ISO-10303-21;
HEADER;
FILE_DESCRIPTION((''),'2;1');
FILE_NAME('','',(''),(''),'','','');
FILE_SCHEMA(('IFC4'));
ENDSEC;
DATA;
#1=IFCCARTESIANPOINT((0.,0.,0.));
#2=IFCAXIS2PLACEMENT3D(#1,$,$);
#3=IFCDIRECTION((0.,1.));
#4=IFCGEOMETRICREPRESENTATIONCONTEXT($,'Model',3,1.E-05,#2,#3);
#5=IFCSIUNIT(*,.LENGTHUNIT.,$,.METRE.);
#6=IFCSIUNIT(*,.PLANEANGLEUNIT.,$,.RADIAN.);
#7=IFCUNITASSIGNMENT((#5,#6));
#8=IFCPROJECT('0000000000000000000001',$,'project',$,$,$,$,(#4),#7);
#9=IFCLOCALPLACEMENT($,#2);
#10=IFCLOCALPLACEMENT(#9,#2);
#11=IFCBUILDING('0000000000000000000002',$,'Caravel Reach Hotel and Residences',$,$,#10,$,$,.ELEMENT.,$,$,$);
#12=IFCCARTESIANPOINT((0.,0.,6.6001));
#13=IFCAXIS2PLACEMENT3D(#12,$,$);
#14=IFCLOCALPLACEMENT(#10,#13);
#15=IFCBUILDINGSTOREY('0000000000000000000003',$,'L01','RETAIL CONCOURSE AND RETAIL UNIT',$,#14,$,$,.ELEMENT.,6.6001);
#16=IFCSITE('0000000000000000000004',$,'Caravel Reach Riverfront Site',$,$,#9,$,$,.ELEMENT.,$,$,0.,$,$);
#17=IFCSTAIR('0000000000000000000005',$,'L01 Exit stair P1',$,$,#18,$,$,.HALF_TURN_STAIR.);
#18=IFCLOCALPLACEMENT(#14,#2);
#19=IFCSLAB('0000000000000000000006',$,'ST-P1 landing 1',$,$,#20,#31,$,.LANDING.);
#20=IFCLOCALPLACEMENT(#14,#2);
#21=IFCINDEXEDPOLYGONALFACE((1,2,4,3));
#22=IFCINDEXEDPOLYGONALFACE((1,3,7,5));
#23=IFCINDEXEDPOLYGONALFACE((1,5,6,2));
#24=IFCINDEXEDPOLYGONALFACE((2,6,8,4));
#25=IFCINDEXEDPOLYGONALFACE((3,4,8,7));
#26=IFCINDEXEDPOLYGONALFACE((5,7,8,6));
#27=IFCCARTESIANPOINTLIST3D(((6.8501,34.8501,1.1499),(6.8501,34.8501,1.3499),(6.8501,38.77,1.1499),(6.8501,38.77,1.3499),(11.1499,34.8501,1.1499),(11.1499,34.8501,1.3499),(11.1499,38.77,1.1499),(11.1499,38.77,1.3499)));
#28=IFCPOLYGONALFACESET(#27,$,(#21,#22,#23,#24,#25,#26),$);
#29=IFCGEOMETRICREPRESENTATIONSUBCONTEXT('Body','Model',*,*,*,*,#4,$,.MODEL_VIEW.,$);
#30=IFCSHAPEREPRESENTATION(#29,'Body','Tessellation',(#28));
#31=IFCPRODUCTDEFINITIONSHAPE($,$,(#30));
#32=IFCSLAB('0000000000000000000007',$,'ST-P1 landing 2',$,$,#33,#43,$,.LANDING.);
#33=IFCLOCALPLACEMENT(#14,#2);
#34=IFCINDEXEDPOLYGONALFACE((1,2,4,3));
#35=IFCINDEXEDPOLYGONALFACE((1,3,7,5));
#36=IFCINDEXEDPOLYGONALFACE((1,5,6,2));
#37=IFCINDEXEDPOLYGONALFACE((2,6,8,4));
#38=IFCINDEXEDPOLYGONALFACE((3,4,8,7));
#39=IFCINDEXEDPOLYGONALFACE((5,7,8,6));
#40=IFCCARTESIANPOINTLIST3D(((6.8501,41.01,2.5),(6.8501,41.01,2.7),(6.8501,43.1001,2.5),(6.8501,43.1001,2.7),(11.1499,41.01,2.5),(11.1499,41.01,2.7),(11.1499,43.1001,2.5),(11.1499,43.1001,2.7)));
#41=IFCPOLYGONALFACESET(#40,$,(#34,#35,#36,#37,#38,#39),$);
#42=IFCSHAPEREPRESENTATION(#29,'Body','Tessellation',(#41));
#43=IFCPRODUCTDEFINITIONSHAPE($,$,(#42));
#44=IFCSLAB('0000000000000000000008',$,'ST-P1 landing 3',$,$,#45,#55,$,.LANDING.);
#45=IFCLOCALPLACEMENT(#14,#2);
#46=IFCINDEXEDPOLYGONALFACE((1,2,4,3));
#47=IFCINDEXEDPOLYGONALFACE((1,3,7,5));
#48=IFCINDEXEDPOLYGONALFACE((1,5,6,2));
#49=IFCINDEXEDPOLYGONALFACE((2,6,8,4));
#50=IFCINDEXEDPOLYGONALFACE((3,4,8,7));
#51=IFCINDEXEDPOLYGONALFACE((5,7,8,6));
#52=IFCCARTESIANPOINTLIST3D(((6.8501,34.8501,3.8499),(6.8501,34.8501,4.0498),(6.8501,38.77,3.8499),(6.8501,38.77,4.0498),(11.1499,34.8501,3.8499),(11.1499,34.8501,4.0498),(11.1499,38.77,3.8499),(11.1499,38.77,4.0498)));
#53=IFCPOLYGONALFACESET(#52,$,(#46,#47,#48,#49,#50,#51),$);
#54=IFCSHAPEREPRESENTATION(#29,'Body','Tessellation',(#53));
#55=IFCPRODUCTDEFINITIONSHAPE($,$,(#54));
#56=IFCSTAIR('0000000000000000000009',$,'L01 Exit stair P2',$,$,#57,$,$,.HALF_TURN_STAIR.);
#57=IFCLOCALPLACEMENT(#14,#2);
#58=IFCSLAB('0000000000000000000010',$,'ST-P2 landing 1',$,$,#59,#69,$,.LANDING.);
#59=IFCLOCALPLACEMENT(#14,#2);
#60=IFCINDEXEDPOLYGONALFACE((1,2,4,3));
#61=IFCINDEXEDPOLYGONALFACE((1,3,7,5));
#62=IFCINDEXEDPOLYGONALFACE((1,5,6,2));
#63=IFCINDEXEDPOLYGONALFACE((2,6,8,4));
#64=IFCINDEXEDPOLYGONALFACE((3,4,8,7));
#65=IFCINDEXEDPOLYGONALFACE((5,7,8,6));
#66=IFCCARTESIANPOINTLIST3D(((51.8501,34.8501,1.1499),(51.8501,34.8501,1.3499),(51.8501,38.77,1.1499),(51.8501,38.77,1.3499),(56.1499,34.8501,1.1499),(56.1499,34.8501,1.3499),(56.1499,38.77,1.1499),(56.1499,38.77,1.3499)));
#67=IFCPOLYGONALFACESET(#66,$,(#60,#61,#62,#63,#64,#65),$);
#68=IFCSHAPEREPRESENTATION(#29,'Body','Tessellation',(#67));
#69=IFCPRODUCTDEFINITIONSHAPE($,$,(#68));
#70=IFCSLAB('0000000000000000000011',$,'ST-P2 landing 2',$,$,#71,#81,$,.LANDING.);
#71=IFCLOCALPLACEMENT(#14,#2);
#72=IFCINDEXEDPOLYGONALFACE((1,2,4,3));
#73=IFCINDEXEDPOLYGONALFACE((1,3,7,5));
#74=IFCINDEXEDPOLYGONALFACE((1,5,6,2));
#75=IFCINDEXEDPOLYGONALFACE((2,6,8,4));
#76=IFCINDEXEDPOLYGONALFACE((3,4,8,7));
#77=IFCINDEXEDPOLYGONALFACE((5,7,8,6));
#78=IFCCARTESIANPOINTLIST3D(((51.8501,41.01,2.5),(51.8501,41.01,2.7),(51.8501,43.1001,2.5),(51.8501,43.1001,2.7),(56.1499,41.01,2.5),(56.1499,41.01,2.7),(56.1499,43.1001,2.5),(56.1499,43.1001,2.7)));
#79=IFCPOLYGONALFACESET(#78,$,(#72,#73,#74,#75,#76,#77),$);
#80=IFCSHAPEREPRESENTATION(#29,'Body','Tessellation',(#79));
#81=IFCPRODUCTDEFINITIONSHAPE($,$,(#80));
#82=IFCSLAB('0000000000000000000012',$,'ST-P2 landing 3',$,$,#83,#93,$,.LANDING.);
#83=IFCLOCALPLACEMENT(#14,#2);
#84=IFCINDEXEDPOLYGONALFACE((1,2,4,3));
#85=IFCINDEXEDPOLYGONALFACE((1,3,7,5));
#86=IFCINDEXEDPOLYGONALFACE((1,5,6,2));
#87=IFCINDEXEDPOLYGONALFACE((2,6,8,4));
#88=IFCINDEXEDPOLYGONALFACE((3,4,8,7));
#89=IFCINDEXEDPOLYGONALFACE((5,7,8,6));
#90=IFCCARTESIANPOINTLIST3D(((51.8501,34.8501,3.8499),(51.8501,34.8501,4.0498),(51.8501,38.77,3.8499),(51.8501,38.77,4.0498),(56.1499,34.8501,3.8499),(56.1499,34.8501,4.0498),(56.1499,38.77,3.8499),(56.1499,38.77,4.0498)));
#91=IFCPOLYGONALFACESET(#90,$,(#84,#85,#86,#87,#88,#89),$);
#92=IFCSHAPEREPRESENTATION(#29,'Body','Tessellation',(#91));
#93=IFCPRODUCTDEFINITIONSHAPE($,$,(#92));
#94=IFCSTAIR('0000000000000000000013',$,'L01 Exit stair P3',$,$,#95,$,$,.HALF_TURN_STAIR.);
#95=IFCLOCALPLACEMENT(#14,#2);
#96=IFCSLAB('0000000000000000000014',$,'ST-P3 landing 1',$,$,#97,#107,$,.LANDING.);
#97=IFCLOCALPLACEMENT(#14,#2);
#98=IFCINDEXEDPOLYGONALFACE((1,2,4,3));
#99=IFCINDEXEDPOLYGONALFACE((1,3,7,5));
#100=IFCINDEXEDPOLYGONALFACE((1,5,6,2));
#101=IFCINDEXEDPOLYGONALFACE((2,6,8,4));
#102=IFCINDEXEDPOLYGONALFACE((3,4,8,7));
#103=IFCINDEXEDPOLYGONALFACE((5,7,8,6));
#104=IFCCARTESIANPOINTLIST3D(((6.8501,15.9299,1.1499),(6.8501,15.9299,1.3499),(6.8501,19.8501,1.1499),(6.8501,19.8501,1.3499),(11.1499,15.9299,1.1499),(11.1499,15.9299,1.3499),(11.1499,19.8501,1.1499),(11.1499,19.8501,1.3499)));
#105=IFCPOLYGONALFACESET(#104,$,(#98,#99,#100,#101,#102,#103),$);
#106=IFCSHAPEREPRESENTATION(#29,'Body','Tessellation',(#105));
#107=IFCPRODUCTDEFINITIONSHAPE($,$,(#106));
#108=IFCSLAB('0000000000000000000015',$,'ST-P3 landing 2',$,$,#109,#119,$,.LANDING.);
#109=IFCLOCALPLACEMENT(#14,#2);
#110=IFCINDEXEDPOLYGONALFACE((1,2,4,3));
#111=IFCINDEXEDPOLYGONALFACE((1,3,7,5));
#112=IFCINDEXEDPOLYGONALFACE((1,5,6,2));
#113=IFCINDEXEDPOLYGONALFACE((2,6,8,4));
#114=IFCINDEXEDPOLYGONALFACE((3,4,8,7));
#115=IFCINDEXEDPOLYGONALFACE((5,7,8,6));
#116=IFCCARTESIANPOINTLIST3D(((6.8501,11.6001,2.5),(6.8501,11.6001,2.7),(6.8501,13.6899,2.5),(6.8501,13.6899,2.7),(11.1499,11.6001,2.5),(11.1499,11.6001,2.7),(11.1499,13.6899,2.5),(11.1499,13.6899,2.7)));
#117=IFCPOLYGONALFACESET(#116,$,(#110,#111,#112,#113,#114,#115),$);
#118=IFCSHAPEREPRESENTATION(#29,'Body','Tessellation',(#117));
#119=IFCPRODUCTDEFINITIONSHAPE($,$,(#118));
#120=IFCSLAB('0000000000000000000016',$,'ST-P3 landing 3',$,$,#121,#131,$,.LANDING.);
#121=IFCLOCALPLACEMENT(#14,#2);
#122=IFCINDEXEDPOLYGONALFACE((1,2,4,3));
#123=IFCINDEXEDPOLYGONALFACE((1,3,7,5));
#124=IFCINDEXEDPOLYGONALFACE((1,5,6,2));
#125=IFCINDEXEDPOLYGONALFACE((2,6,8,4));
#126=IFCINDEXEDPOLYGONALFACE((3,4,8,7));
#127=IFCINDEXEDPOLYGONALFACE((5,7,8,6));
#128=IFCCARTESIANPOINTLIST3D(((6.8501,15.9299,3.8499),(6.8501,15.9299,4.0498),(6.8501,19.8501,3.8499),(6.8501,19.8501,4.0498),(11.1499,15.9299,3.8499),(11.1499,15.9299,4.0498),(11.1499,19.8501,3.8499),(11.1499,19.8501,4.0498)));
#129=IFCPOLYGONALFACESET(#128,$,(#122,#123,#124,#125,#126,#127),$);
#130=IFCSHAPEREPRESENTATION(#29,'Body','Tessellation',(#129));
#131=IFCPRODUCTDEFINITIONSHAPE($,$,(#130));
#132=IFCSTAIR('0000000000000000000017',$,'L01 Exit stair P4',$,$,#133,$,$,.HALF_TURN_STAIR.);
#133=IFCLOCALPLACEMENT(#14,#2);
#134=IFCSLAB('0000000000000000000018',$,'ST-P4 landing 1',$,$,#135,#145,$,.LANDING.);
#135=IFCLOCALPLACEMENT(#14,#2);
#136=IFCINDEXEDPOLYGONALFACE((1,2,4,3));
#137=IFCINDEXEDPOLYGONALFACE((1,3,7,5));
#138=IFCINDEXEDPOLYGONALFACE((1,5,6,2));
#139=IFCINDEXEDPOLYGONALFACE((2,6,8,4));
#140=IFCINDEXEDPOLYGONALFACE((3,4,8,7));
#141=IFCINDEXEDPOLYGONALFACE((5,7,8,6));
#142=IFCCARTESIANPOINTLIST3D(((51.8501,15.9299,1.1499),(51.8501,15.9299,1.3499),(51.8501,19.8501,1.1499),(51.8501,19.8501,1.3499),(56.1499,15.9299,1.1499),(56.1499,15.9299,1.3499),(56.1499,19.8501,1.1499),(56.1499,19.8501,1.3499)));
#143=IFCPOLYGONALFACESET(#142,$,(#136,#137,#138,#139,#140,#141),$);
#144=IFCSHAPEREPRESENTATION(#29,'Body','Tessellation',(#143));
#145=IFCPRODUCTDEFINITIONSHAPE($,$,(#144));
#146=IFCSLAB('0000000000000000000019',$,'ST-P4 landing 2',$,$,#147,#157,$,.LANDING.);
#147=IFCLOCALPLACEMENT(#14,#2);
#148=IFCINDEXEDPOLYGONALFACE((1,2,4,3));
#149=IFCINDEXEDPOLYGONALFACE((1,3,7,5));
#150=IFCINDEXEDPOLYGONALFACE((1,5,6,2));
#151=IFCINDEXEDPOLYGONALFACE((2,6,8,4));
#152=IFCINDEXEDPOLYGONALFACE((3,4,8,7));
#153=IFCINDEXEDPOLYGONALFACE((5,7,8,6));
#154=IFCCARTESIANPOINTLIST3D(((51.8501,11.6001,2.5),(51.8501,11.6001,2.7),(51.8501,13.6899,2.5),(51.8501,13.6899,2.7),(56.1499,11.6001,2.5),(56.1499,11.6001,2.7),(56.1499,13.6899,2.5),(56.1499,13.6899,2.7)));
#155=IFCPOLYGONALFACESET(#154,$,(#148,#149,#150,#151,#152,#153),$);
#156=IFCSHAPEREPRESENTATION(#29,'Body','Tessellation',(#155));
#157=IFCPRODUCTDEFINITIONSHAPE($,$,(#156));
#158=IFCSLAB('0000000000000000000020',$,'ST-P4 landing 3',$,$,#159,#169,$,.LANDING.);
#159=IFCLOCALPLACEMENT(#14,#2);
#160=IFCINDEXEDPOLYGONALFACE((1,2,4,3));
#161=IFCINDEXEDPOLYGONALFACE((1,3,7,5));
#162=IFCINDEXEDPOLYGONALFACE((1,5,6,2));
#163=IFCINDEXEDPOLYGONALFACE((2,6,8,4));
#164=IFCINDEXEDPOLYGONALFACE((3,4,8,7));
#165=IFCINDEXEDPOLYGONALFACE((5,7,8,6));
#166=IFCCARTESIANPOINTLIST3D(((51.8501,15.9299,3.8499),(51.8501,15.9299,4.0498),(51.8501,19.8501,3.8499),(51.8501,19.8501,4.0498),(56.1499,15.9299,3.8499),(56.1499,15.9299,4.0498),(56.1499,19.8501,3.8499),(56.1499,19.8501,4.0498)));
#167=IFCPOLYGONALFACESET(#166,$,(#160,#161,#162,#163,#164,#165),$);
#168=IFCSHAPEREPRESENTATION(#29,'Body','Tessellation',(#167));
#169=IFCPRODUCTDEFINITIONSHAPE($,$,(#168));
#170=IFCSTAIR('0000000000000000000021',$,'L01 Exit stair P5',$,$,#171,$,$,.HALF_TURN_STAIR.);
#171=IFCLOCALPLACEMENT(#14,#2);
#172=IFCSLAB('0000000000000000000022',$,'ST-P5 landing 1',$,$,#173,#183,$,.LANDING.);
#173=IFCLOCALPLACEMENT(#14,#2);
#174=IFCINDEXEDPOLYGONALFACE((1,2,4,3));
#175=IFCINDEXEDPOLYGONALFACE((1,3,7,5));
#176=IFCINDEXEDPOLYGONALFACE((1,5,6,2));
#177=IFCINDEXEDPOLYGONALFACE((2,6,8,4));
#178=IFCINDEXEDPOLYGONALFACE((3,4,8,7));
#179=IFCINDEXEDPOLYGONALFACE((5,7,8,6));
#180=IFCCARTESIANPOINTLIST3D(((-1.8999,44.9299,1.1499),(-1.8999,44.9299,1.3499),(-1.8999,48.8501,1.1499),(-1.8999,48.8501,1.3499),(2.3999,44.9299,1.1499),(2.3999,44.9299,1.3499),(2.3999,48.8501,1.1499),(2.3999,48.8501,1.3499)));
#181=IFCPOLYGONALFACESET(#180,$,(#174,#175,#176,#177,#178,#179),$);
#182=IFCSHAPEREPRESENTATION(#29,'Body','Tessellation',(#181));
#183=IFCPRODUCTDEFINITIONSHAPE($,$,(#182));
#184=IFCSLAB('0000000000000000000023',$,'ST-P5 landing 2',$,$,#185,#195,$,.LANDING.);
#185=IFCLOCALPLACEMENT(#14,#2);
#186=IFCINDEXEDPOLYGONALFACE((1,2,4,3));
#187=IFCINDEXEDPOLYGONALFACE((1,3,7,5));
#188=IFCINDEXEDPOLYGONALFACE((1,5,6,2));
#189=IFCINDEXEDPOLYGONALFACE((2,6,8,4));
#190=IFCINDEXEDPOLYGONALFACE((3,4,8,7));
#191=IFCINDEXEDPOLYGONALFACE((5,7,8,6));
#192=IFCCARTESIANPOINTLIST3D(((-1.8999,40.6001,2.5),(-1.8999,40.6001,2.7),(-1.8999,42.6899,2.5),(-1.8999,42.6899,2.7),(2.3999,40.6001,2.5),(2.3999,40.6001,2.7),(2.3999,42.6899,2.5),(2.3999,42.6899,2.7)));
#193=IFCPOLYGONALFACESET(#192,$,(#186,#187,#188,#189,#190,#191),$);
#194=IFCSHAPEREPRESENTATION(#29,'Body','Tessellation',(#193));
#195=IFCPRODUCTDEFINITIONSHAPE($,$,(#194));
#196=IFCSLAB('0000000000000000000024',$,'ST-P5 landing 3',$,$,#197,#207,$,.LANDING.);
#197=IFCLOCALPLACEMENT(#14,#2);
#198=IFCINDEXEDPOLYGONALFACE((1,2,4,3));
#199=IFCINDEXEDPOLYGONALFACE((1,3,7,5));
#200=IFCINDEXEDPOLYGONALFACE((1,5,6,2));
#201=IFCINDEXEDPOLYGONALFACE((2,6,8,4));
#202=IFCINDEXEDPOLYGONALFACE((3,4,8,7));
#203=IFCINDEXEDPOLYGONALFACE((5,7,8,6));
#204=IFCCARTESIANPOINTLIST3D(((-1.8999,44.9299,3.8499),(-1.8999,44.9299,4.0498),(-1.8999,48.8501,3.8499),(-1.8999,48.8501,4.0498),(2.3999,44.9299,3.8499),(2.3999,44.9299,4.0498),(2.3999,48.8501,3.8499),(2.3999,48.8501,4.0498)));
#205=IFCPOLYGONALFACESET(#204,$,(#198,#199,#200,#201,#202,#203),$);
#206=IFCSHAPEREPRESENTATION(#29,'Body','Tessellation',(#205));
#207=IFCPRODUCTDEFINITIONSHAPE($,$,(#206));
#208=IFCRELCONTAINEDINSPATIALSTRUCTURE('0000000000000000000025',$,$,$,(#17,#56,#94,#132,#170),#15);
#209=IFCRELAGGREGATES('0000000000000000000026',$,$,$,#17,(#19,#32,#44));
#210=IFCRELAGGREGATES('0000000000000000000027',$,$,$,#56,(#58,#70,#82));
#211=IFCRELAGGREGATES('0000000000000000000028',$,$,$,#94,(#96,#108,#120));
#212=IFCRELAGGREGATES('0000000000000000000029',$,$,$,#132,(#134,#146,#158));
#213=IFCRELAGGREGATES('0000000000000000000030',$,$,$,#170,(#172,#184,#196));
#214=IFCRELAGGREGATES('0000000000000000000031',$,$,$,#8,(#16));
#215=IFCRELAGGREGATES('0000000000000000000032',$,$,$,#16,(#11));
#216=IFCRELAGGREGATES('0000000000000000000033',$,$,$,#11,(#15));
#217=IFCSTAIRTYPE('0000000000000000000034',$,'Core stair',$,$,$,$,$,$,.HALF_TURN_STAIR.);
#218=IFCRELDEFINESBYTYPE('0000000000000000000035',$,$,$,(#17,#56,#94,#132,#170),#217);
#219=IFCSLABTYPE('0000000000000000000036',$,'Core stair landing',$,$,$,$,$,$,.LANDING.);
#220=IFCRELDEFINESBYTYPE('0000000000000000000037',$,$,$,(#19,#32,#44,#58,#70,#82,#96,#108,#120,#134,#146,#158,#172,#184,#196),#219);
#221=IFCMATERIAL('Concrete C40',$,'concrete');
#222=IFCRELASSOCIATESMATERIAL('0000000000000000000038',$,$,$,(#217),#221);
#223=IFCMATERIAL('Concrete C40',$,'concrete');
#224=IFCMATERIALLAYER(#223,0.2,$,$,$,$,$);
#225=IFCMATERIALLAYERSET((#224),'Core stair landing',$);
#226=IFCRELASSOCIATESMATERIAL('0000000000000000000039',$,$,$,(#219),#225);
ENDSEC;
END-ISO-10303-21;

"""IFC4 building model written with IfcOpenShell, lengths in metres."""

from ifc_helpers import new_model, si_unit, direction, frame, origin, place, context, subcontext, project, spatial, polyline, outline, extrude, material, layer, layer_set, type_object, element, aggregate, save


model = new_model("IFC4")

# Units and contexts
model_context = context("Model", 3, precision=1e-05, world=origin(), true_north=direction((0.0, 1.0)))
body_context = subcontext(model_context, "Body", "Model", "MODEL_VIEW")
ifc_project = project(units=[si_unit("LENGTHUNIT", "METRE"), si_unit("PLANEANGLEUNIT", "RADIAN")], contexts=[model_context])

# Site, building, storey
site_placement = place(None, origin())
site = spatial("IfcSite", under=ifc_project, at=site_placement, Name="Caravel Reach Riverfront Site", CompositionType="ELEMENT", RefElevation=0.0)
building_placement = place(site_placement, origin())
building = spatial("IfcBuilding", under=site, at=building_placement, Name="Caravel Reach Hotel and Residences", CompositionType="ELEMENT")
storey_placement = place(building_placement, frame((0.0, 0.0, 6.6001)))
storey = spatial("IfcBuildingStorey", under=building, at=storey_placement, Name="L01", Description="RETAIL CONCOURSE AND RETAIL UNIT", CompositionType="ELEMENT", Elevation=6.6001)

# Shared definitions
ifc_material_1 = material(Name="Concrete C40", Category="concrete")
stair_type = type_object("IfcStairType", Name="Core stair", PredefinedType="HALF_TURN_STAIR", material=ifc_material_1)
ifc_material_2 = material(Name="Concrete C40", Category="concrete")
ifc_layer_1 = layer(ifc_material_2, 0.2)
ifc_layer_set_1 = layer_set([ifc_layer_1], Name="Core stair landing")
slab_type_1 = type_object("IfcSlabType", Name="Core stair landing", PredefinedType="LANDING", material=ifc_layer_set_1)

# Stairs, slabs
stair_1_placement = place(storey_placement, origin())
stair_1 = element("IfcStair", 1, at=stair_1_placement, inside=storey, type_object=stair_type, Name="L01 Exit stair P1", PredefinedType="HALF_TURN_STAIR")
slab_1_placement = place(storey_placement, frame((0.0, 0.0, 1.1499)))
slab_1 = element("IfcSlab", 2, at=slab_1_placement, type_object=slab_type_1, Name="ST-P1 landing 1", PredefinedType="LANDING", context=body_context, shape_type="SweptSolid", body=[
    extrude(outline(polyline([(6.8501, 38.77), (6.8501, 34.8501), (11.1499, 34.8501), (11.1499, 38.77), (6.8501, 38.77)])), origin(), (0.0, 0.0, 1.0), 0.2),
])
slab_2_placement = place(storey_placement, frame((0.0, 0.0, 2.5)))
slab_2 = element("IfcSlab", 3, at=slab_2_placement, type_object=slab_type_1, Name="ST-P1 landing 2", PredefinedType="LANDING", context=body_context, shape_type="SweptSolid", body=[
    extrude(outline(polyline([(6.8501, 43.1001), (6.8501, 41.01), (11.1499, 41.01), (11.1499, 43.1001), (6.8501, 43.1001)])), origin(), (0.0, 0.0, 1.0), 0.2),
])
slab_3_placement = place(storey_placement, frame((0.0, 0.0, 3.8499)))
slab_3 = element("IfcSlab", 4, at=slab_3_placement, type_object=slab_type_1, Name="ST-P1 landing 3", PredefinedType="LANDING", context=body_context, shape_type="SweptSolid", body=[
    extrude(outline(polyline([(6.8501, 38.77), (6.8501, 34.8501), (11.1499, 34.8501), (11.1499, 38.77), (6.8501, 38.77)])), origin(), (0.0, 0.0, 1.0), 0.2),
])
aggregate(stair_1, [slab_1, slab_2, slab_3])
stair_2_placement = place(storey_placement, origin())
stair_2 = element("IfcStair", 5, at=stair_2_placement, inside=storey, type_object=stair_type, Name="L01 Exit stair P2", PredefinedType="HALF_TURN_STAIR")
slab_4_placement = place(storey_placement, frame((0.0, 0.0, 1.1499)))
slab_4 = element("IfcSlab", 6, at=slab_4_placement, type_object=slab_type_1, Name="ST-P2 landing 1", PredefinedType="LANDING", context=body_context, shape_type="SweptSolid", body=[
    extrude(outline(polyline([(51.8501, 38.77), (51.8501, 34.8501), (56.1499, 34.8501), (56.1499, 38.77), (51.8501, 38.77)])), origin(), (0.0, 0.0, 1.0), 0.2),
])
slab_5_placement = place(storey_placement, frame((0.0, 0.0, 2.5)))
slab_5 = element("IfcSlab", 7, at=slab_5_placement, type_object=slab_type_1, Name="ST-P2 landing 2", PredefinedType="LANDING", context=body_context, shape_type="SweptSolid", body=[
    extrude(outline(polyline([(51.8501, 43.1001), (51.8501, 41.01), (56.1499, 41.01), (56.1499, 43.1001), (51.8501, 43.1001)])), origin(), (0.0, 0.0, 1.0), 0.2),
])
slab_6_placement = place(storey_placement, frame((0.0, 0.0, 3.8499)))
slab_6 = element("IfcSlab", 8, at=slab_6_placement, type_object=slab_type_1, Name="ST-P2 landing 3", PredefinedType="LANDING", context=body_context, shape_type="SweptSolid", body=[
    extrude(outline(polyline([(51.8501, 38.77), (51.8501, 34.8501), (56.1499, 34.8501), (56.1499, 38.77), (51.8501, 38.77)])), origin(), (0.0, 0.0, 1.0), 0.2),
])
aggregate(stair_2, [slab_4, slab_5, slab_6])
stair_3_placement = place(storey_placement, origin())
stair_3 = element("IfcStair", 9, at=stair_3_placement, inside=storey, type_object=stair_type, Name="L01 Exit stair P3", PredefinedType="HALF_TURN_STAIR")
slab_7_placement = place(storey_placement, frame((0.0, 0.0, 1.1499)))
slab_7 = element("IfcSlab", 10, at=slab_7_placement, type_object=slab_type_1, Name="ST-P3 landing 1", PredefinedType="LANDING", context=body_context, shape_type="SweptSolid", body=[
    extrude(outline(polyline([(11.1499, 15.9299), (11.1499, 19.8501), (6.8501, 19.8501), (6.8501, 15.9299), (11.1499, 15.9299)])), origin(), (0.0, 0.0, 1.0), 0.2),
])
slab_8_placement = place(storey_placement, frame((0.0, 0.0, 2.5)))
slab_8 = element("IfcSlab", 11, at=slab_8_placement, type_object=slab_type_1, Name="ST-P3 landing 2", PredefinedType="LANDING", context=body_context, shape_type="SweptSolid", body=[
    extrude(outline(polyline([(11.1499, 11.6001), (11.1499, 13.6899), (6.8501, 13.6899), (6.8501, 11.6001), (11.1499, 11.6001)])), origin(), (0.0, 0.0, 1.0), 0.2),
])
slab_9_placement = place(storey_placement, frame((0.0, 0.0, 3.8499)))
slab_9 = element("IfcSlab", 12, at=slab_9_placement, type_object=slab_type_1, Name="ST-P3 landing 3", PredefinedType="LANDING", context=body_context, shape_type="SweptSolid", body=[
    extrude(outline(polyline([(11.1499, 15.9299), (11.1499, 19.8501), (6.8501, 19.8501), (6.8501, 15.9299), (11.1499, 15.9299)])), origin(), (0.0, 0.0, 1.0), 0.2),
])
aggregate(stair_3, [slab_7, slab_8, slab_9])
stair_4_placement = place(storey_placement, origin())
stair_4 = element("IfcStair", 13, at=stair_4_placement, inside=storey, type_object=stair_type, Name="L01 Exit stair P4", PredefinedType="HALF_TURN_STAIR")
slab_10_placement = place(storey_placement, frame((0.0, 0.0, 1.1499)))
slab_10 = element("IfcSlab", 14, at=slab_10_placement, type_object=slab_type_1, Name="ST-P4 landing 1", PredefinedType="LANDING", context=body_context, shape_type="SweptSolid", body=[
    extrude(outline(polyline([(56.1499, 15.9299), (56.1499, 19.8501), (51.8501, 19.8501), (51.8501, 15.9299), (56.1499, 15.9299)])), origin(), (0.0, 0.0, 1.0), 0.2),
])
slab_11_placement = place(storey_placement, frame((0.0, 0.0, 2.5)))
slab_11 = element("IfcSlab", 15, at=slab_11_placement, type_object=slab_type_1, Name="ST-P4 landing 2", PredefinedType="LANDING", context=body_context, shape_type="SweptSolid", body=[
    extrude(outline(polyline([(56.1499, 11.6001), (56.1499, 13.6899), (51.8501, 13.6899), (51.8501, 11.6001), (56.1499, 11.6001)])), origin(), (0.0, 0.0, 1.0), 0.2),
])
slab_12_placement = place(storey_placement, frame((0.0, 0.0, 3.8499)))
slab_12 = element("IfcSlab", 16, at=slab_12_placement, type_object=slab_type_1, Name="ST-P4 landing 3", PredefinedType="LANDING", context=body_context, shape_type="SweptSolid", body=[
    extrude(outline(polyline([(56.1499, 15.9299), (56.1499, 19.8501), (51.8501, 19.8501), (51.8501, 15.9299), (56.1499, 15.9299)])), origin(), (0.0, 0.0, 1.0), 0.2),
])
aggregate(stair_4, [slab_10, slab_11, slab_12])
stair_5_placement = place(storey_placement, origin())
stair_5 = element("IfcStair", 17, at=stair_5_placement, inside=storey, type_object=stair_type, Name="L01 Exit stair P5", PredefinedType="HALF_TURN_STAIR")
slab_13_placement = place(storey_placement, frame((0.0, 0.0, 1.1499)))
slab_13 = element("IfcSlab", 18, at=slab_13_placement, type_object=slab_type_1, Name="ST-P5 landing 1", PredefinedType="LANDING", context=body_context, shape_type="SweptSolid", body=[
    extrude(outline(polyline([(2.3999, 44.9299), (2.3999, 48.8501), (-1.8999, 48.8501), (-1.8999, 44.9299), (2.3999, 44.9299)])), origin(), (0.0, 0.0, 1.0), 0.2),
])
slab_14_placement = place(storey_placement, frame((0.0, 0.0, 2.5)))
slab_14 = element("IfcSlab", 19, at=slab_14_placement, type_object=slab_type_1, Name="ST-P5 landing 2", PredefinedType="LANDING", context=body_context, shape_type="SweptSolid", body=[
    extrude(outline(polyline([(2.3999, 40.6001), (2.3999, 42.6899), (-1.8999, 42.6899), (-1.8999, 40.6001), (2.3999, 40.6001)])), origin(), (0.0, 0.0, 1.0), 0.2),
])
slab_15_placement = place(storey_placement, frame((0.0, 0.0, 3.8499)))
slab_15 = element("IfcSlab", 20, at=slab_15_placement, type_object=slab_type_1, Name="ST-P5 landing 3", PredefinedType="LANDING", context=body_context, shape_type="SweptSolid", body=[
    extrude(outline(polyline([(2.3999, 44.9299), (2.3999, 48.8501), (-1.8999, 48.8501), (-1.8999, 44.9299), (2.3999, 44.9299)])), origin(), (0.0, 0.0, 1.0), 0.2),
])
aggregate(stair_5, [slab_13, slab_14, slab_15])

save(model, "model.ifc")
